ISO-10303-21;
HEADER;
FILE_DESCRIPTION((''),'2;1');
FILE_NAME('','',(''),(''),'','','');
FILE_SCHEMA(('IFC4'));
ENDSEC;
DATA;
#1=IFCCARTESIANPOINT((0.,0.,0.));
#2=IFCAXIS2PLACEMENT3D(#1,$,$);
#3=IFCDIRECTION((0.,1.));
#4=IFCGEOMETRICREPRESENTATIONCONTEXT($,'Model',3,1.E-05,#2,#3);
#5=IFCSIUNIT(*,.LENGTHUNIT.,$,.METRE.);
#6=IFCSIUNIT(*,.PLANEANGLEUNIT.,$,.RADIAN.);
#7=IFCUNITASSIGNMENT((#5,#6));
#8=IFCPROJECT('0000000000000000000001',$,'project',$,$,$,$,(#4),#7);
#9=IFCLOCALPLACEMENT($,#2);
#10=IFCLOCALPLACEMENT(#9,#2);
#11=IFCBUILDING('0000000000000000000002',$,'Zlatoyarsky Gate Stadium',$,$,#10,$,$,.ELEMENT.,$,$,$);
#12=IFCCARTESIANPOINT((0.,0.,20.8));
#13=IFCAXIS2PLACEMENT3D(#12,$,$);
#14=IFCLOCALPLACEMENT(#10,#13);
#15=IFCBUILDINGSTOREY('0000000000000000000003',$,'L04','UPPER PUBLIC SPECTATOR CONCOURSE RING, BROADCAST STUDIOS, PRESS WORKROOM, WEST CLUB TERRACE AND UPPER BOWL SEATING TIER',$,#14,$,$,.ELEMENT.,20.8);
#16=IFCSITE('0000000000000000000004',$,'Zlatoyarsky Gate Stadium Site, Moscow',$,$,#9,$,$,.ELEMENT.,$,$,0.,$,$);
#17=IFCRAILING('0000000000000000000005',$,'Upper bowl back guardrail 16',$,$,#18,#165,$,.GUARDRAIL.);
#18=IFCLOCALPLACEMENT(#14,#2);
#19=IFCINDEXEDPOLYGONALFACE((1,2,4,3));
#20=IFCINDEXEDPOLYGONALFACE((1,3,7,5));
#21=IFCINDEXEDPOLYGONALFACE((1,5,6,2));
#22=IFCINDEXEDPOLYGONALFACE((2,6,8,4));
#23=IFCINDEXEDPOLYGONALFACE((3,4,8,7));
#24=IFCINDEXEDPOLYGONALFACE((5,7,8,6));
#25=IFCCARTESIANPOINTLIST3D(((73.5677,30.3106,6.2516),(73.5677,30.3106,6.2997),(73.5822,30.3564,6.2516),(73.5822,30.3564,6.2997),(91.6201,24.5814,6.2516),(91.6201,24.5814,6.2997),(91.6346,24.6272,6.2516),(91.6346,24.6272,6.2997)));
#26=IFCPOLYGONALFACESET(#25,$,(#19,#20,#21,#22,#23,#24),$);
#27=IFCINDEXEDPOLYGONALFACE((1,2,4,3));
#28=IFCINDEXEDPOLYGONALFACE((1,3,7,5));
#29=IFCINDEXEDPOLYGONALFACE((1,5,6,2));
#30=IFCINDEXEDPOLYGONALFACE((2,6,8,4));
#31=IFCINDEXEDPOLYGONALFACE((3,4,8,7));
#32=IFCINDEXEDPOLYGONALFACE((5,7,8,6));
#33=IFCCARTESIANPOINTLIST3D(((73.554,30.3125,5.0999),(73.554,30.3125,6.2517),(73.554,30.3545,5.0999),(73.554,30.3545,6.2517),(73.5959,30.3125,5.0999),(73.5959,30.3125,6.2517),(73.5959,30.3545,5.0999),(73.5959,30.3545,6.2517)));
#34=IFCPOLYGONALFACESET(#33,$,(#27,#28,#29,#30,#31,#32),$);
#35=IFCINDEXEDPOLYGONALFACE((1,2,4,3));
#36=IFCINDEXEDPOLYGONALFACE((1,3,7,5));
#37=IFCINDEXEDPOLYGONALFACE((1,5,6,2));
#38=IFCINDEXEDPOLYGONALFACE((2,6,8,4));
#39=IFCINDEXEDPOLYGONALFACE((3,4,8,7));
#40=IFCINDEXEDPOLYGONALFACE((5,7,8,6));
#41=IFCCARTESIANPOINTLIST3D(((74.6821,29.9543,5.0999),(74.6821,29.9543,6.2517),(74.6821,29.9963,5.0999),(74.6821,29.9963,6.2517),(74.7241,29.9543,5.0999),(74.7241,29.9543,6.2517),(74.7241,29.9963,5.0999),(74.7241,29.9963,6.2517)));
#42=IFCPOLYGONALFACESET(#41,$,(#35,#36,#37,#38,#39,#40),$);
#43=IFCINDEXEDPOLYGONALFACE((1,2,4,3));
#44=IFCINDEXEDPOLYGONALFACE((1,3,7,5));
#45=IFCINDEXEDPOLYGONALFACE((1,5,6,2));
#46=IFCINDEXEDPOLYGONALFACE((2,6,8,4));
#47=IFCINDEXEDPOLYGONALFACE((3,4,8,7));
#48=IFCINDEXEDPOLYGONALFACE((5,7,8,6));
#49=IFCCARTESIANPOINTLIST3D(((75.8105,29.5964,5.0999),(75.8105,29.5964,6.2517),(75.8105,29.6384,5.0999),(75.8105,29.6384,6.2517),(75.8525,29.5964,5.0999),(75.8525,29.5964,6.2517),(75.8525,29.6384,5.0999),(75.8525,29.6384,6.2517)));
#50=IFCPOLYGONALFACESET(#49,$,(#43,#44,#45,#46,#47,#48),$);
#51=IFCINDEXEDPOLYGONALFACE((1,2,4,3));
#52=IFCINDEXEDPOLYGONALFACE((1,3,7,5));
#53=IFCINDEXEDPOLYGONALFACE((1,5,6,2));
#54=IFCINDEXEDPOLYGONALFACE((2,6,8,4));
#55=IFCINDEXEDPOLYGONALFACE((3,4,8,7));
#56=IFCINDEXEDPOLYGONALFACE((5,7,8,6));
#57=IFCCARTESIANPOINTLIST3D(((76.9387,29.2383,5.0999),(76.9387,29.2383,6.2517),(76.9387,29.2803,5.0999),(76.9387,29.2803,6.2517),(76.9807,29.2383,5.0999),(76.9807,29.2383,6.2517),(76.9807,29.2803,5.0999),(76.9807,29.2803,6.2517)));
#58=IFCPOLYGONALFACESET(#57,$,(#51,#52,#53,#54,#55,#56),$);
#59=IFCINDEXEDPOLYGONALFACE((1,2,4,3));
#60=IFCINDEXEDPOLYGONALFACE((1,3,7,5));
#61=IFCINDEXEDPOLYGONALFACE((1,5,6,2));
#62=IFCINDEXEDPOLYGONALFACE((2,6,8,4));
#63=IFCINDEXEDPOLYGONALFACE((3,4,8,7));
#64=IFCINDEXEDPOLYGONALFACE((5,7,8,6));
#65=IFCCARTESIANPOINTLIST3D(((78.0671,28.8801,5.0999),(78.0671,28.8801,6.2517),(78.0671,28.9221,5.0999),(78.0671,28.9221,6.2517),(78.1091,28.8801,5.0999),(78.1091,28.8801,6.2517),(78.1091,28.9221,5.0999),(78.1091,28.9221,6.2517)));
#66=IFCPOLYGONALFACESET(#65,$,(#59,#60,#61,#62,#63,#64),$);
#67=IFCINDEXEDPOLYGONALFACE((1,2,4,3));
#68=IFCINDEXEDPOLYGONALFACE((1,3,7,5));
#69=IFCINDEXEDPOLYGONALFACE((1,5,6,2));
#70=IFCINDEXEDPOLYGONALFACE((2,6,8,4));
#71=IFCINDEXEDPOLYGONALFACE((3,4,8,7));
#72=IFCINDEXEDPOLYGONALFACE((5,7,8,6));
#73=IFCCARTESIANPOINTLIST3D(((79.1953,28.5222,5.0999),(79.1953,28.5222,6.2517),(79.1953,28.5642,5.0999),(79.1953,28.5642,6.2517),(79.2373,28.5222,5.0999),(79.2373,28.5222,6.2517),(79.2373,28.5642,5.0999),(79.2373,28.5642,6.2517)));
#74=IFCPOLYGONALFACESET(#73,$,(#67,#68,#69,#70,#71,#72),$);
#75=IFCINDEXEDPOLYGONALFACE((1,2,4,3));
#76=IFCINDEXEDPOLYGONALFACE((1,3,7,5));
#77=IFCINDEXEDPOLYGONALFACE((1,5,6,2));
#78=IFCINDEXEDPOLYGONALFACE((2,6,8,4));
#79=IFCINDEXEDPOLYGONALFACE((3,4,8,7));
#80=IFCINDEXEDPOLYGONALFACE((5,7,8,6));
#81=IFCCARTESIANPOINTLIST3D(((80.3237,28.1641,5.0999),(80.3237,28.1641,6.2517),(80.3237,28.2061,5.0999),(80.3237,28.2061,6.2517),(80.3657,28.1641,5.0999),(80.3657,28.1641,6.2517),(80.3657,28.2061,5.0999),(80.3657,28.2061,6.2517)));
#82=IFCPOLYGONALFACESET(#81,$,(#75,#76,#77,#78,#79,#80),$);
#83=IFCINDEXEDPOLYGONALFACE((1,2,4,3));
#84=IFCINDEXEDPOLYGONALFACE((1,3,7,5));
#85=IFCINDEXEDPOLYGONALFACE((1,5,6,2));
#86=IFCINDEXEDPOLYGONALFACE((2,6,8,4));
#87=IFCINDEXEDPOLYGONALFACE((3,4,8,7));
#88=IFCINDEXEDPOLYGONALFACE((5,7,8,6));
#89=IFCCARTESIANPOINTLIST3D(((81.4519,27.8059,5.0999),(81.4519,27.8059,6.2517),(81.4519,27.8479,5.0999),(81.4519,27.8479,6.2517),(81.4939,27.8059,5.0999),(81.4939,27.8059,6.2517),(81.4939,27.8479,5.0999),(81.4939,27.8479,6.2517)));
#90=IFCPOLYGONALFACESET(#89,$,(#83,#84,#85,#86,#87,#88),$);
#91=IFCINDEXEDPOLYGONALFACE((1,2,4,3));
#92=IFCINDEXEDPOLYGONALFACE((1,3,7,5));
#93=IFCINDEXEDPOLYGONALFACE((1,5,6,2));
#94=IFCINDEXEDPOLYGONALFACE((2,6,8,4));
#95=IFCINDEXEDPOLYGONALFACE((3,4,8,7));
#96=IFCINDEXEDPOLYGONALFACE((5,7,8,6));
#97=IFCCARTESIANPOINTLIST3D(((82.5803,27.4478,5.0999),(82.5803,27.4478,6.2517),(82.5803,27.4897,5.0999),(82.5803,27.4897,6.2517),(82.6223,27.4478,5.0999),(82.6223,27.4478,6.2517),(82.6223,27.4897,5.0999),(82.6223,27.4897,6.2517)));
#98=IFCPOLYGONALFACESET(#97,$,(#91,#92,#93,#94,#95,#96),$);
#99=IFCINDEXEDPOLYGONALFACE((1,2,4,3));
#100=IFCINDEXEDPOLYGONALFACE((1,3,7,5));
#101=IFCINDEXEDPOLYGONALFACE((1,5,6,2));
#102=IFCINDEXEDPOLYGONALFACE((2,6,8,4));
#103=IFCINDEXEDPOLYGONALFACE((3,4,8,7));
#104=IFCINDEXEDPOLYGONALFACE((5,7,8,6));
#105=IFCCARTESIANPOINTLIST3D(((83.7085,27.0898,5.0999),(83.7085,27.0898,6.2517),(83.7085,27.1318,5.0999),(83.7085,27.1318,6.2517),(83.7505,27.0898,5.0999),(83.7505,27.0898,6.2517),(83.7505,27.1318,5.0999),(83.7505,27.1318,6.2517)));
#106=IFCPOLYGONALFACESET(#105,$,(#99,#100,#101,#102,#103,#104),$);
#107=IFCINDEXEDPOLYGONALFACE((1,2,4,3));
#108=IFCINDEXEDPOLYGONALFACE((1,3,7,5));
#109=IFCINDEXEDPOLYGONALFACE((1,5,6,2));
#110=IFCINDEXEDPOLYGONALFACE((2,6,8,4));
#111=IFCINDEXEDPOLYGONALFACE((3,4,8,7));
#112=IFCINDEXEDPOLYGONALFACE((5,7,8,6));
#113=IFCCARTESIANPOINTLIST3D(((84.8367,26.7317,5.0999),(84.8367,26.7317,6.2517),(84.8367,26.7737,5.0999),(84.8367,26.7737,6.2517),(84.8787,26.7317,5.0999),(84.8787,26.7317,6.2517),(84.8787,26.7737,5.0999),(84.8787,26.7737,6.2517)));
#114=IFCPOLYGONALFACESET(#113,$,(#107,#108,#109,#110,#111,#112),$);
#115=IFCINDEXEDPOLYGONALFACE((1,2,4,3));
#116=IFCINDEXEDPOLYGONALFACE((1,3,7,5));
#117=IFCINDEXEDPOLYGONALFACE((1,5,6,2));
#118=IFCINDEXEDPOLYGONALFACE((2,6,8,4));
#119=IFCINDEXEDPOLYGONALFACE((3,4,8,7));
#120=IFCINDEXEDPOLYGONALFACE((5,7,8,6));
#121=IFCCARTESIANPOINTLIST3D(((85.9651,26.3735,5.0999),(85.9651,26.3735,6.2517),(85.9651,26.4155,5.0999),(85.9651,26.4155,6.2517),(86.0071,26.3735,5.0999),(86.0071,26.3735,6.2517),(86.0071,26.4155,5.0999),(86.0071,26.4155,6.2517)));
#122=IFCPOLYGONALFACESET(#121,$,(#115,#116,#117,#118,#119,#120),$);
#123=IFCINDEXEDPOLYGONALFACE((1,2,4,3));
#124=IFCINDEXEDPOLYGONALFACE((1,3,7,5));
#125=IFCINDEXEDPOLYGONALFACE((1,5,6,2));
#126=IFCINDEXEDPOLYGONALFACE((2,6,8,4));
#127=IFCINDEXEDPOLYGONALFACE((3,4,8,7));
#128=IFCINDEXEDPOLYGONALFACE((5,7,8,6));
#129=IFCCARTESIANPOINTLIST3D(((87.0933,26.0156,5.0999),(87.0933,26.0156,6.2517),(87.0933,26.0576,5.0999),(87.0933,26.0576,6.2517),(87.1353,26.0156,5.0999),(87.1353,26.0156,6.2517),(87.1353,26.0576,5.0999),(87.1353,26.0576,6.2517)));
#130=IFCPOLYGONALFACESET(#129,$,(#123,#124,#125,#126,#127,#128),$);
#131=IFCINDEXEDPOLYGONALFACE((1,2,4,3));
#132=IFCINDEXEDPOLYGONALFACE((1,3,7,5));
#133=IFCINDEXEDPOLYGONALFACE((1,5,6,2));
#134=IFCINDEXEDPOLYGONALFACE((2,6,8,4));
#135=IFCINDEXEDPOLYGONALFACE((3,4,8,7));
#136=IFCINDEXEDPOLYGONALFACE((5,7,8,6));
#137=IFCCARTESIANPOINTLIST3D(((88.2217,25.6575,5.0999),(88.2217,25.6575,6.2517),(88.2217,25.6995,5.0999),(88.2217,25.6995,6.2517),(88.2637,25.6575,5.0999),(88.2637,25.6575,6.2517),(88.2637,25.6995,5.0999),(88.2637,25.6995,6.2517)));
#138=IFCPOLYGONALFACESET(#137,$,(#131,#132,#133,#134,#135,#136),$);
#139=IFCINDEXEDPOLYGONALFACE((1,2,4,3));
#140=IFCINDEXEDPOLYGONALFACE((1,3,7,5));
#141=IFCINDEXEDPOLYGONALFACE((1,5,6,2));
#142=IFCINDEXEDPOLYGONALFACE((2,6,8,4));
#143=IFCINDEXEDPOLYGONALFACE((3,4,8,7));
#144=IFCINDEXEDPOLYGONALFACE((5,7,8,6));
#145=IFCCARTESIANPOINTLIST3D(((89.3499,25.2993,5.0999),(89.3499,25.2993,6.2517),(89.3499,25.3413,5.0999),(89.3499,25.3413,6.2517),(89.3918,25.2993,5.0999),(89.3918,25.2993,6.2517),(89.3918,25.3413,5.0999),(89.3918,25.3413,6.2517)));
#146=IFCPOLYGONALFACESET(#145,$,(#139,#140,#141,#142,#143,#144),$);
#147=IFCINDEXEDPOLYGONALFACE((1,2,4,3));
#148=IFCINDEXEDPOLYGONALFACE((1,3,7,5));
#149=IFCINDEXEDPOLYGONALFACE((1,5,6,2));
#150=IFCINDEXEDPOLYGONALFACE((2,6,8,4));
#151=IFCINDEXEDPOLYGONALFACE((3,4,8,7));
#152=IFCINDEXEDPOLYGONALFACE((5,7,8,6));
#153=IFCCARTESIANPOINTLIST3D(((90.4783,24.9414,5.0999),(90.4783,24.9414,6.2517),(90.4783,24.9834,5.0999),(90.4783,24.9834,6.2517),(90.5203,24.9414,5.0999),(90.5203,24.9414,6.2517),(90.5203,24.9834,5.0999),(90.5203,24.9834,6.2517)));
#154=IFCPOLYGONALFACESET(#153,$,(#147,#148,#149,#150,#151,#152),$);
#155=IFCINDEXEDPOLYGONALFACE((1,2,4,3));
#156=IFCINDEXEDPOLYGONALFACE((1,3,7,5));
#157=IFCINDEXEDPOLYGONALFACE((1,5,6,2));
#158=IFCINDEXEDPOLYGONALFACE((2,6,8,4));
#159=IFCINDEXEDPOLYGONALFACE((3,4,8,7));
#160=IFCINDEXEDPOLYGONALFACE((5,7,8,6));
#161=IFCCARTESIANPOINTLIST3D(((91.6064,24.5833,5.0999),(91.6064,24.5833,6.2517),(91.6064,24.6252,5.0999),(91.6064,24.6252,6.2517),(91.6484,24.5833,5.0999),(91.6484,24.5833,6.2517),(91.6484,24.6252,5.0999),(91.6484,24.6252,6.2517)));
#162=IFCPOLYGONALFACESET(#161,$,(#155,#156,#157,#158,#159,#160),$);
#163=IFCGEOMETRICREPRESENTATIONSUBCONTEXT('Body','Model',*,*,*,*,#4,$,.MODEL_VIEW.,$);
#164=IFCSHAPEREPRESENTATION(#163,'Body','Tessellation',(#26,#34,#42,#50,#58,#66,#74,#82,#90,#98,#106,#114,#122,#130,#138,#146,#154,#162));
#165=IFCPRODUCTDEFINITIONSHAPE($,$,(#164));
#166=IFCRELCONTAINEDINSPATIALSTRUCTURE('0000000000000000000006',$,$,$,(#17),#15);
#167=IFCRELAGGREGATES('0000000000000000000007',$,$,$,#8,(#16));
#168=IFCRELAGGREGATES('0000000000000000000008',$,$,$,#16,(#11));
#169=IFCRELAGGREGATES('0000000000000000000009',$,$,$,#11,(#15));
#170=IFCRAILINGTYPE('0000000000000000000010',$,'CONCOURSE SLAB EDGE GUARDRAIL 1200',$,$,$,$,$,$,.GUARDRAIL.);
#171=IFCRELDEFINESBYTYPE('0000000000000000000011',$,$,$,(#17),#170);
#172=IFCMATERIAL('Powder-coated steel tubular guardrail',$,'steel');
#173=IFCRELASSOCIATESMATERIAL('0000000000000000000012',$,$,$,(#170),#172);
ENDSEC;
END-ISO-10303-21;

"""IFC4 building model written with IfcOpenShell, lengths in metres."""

from ifc_helpers import new_model, si_unit, direction, frame, origin, origin_2d, place, context, subcontext, project, spatial, rectangle, extrude, material, type_object, element, save


model = new_model("IFC4")

# Units and contexts
model_context = context("Model", 3, precision=1e-05, world=origin(), true_north=direction((0.0, 1.0)))
body_context = subcontext(model_context, "Body", "Model", "MODEL_VIEW")
ifc_project = project(units=[si_unit("LENGTHUNIT", "METRE"), si_unit("PLANEANGLEUNIT", "RADIAN")], contexts=[model_context])

# Site, building, storey
site_placement = place(None, origin())
site = spatial("IfcSite", under=ifc_project, at=site_placement, Name="Zlatoyarsky Gate Stadium Site, Moscow", CompositionType="ELEMENT", RefElevation=0.0)
building_placement = place(site_placement, origin())
building = spatial("IfcBuilding", under=site, at=building_placement, Name="Zlatoyarsky Gate Stadium", CompositionType="ELEMENT")
storey_placement = place(building_placement, frame((0.0, 0.0, 20.8)))
storey = spatial("IfcBuildingStorey", under=building, at=storey_placement, Name="L04", Description="UPPER PUBLIC SPECTATOR CONCOURSE RING, BROADCAST STUDIOS, PRESS WORKROOM, WEST CLUB TERRACE AND UPPER BOWL SEATING TIER", CompositionType="ELEMENT", Elevation=20.8)

# Railing
ifc_material_1 = material(Name="Powder-coated steel tubular guardrail", Category="steel")
railing_type_1 = type_object("IfcRailingType", Name="CONCOURSE SLAB EDGE GUARDRAIL 1200", PredefinedType="GUARDRAIL", material=ifc_material_1)
railing_1_placement = place(storey_placement, frame((73.575, 30.3335, 5.0999)))
element("IfcRailing", 1, at=railing_1_placement, inside=storey, type_object=railing_type_1, Name="Upper bowl back guardrail 16", PredefinedType="GUARDRAIL", context=body_context, shape_type="SweptSolid", body=[
    extrude(rectangle(XDim=0.0481, YDim=0.0481, at=origin_2d()), frame((0.0, 0.0, 1.1758), z_axis=(0.95315, -0.302498, 0.0), x_axis=(0.302498, 0.95315, 0.0)), (0.0, 0.0, 1.0), 18.9397),
    extrude(rectangle(XDim=0.042, YDim=0.042, at=origin_2d()), origin(), (0.0, 0.0, 1.0), 1.1519),
    extrude(rectangle(XDim=0.042, YDim=0.042, at=origin_2d()), frame((1.1282, -0.3582, 0.0)), (0.0, 0.0, 1.0), 1.1519),
    extrude(rectangle(XDim=0.042, YDim=0.042, at=origin_2d()), frame((2.2566, -0.7161, 0.0)), (0.0, 0.0, 1.0), 1.1519),
    extrude(rectangle(XDim=0.042, YDim=0.042, at=origin_2d()), frame((3.3848, -1.0742, 0.0)), (0.0, 0.0, 1.0), 1.1519),
    extrude(rectangle(XDim=0.042, YDim=0.042, at=origin_2d()), frame((4.5132, -1.4324, 0.0)), (0.0, 0.0, 1.0), 1.1519),
    extrude(rectangle(XDim=0.042, YDim=0.042, at=origin_2d()), frame((5.6414, -1.7903, 0.0)), (0.0, 0.0, 1.0), 1.1519),
    extrude(rectangle(XDim=0.042, YDim=0.042, at=origin_2d()), frame((6.7698, -2.1484, 0.0)), (0.0, 0.0, 1.0), 1.1519),
    extrude(rectangle(XDim=0.042, YDim=0.042, at=origin_2d()), frame((7.8979, -2.5066, 0.0)), (0.0, 0.0, 1.0), 1.1519),
    extrude(rectangle(XDim=0.042, YDim=0.042, at=origin_2d()), frame((9.0264, -2.8647, 0.0)), (0.0, 0.0, 1.0), 1.1519),
    extrude(rectangle(XDim=0.042, YDim=0.042, at=origin_2d()), frame((10.1545, -3.2227, 0.0)), (0.0, 0.0, 1.0), 1.1519),
    extrude(rectangle(XDim=0.042, YDim=0.042, at=origin_2d()), frame((11.2827, -3.5808, 0.0)), (0.0, 0.0, 1.0), 1.1519),
    extrude(rectangle(XDim=0.042, YDim=0.042, at=origin_2d()), frame((12.4111, -3.939, 0.0)), (0.0, 0.0, 1.0), 1.1519),
    extrude(rectangle(XDim=0.042, YDim=0.042, at=origin_2d()), frame((13.5393, -4.2969, 0.0)), (0.0, 0.0, 1.0), 1.1519),
    extrude(rectangle(XDim=0.042, YDim=0.042, at=origin_2d()), frame((14.6677, -4.655, 0.0)), (0.0, 0.0, 1.0), 1.1519),
    extrude(rectangle(XDim=0.042, YDim=0.042, at=origin_2d()), frame((15.7959, -5.0132, 0.0)), (0.0, 0.0, 1.0), 1.1519),
    extrude(rectangle(XDim=0.042, YDim=0.042, at=origin_2d()), frame((16.9243, -5.3711, 0.0)), (0.0, 0.0, 1.0), 1.1519),
    extrude(rectangle(XDim=0.042, YDim=0.042, at=origin_2d()), frame((18.0525, -5.7292, 0.0)), (0.0, 0.0, 1.0), 1.1519),
])

save(model, "model.ifc")
